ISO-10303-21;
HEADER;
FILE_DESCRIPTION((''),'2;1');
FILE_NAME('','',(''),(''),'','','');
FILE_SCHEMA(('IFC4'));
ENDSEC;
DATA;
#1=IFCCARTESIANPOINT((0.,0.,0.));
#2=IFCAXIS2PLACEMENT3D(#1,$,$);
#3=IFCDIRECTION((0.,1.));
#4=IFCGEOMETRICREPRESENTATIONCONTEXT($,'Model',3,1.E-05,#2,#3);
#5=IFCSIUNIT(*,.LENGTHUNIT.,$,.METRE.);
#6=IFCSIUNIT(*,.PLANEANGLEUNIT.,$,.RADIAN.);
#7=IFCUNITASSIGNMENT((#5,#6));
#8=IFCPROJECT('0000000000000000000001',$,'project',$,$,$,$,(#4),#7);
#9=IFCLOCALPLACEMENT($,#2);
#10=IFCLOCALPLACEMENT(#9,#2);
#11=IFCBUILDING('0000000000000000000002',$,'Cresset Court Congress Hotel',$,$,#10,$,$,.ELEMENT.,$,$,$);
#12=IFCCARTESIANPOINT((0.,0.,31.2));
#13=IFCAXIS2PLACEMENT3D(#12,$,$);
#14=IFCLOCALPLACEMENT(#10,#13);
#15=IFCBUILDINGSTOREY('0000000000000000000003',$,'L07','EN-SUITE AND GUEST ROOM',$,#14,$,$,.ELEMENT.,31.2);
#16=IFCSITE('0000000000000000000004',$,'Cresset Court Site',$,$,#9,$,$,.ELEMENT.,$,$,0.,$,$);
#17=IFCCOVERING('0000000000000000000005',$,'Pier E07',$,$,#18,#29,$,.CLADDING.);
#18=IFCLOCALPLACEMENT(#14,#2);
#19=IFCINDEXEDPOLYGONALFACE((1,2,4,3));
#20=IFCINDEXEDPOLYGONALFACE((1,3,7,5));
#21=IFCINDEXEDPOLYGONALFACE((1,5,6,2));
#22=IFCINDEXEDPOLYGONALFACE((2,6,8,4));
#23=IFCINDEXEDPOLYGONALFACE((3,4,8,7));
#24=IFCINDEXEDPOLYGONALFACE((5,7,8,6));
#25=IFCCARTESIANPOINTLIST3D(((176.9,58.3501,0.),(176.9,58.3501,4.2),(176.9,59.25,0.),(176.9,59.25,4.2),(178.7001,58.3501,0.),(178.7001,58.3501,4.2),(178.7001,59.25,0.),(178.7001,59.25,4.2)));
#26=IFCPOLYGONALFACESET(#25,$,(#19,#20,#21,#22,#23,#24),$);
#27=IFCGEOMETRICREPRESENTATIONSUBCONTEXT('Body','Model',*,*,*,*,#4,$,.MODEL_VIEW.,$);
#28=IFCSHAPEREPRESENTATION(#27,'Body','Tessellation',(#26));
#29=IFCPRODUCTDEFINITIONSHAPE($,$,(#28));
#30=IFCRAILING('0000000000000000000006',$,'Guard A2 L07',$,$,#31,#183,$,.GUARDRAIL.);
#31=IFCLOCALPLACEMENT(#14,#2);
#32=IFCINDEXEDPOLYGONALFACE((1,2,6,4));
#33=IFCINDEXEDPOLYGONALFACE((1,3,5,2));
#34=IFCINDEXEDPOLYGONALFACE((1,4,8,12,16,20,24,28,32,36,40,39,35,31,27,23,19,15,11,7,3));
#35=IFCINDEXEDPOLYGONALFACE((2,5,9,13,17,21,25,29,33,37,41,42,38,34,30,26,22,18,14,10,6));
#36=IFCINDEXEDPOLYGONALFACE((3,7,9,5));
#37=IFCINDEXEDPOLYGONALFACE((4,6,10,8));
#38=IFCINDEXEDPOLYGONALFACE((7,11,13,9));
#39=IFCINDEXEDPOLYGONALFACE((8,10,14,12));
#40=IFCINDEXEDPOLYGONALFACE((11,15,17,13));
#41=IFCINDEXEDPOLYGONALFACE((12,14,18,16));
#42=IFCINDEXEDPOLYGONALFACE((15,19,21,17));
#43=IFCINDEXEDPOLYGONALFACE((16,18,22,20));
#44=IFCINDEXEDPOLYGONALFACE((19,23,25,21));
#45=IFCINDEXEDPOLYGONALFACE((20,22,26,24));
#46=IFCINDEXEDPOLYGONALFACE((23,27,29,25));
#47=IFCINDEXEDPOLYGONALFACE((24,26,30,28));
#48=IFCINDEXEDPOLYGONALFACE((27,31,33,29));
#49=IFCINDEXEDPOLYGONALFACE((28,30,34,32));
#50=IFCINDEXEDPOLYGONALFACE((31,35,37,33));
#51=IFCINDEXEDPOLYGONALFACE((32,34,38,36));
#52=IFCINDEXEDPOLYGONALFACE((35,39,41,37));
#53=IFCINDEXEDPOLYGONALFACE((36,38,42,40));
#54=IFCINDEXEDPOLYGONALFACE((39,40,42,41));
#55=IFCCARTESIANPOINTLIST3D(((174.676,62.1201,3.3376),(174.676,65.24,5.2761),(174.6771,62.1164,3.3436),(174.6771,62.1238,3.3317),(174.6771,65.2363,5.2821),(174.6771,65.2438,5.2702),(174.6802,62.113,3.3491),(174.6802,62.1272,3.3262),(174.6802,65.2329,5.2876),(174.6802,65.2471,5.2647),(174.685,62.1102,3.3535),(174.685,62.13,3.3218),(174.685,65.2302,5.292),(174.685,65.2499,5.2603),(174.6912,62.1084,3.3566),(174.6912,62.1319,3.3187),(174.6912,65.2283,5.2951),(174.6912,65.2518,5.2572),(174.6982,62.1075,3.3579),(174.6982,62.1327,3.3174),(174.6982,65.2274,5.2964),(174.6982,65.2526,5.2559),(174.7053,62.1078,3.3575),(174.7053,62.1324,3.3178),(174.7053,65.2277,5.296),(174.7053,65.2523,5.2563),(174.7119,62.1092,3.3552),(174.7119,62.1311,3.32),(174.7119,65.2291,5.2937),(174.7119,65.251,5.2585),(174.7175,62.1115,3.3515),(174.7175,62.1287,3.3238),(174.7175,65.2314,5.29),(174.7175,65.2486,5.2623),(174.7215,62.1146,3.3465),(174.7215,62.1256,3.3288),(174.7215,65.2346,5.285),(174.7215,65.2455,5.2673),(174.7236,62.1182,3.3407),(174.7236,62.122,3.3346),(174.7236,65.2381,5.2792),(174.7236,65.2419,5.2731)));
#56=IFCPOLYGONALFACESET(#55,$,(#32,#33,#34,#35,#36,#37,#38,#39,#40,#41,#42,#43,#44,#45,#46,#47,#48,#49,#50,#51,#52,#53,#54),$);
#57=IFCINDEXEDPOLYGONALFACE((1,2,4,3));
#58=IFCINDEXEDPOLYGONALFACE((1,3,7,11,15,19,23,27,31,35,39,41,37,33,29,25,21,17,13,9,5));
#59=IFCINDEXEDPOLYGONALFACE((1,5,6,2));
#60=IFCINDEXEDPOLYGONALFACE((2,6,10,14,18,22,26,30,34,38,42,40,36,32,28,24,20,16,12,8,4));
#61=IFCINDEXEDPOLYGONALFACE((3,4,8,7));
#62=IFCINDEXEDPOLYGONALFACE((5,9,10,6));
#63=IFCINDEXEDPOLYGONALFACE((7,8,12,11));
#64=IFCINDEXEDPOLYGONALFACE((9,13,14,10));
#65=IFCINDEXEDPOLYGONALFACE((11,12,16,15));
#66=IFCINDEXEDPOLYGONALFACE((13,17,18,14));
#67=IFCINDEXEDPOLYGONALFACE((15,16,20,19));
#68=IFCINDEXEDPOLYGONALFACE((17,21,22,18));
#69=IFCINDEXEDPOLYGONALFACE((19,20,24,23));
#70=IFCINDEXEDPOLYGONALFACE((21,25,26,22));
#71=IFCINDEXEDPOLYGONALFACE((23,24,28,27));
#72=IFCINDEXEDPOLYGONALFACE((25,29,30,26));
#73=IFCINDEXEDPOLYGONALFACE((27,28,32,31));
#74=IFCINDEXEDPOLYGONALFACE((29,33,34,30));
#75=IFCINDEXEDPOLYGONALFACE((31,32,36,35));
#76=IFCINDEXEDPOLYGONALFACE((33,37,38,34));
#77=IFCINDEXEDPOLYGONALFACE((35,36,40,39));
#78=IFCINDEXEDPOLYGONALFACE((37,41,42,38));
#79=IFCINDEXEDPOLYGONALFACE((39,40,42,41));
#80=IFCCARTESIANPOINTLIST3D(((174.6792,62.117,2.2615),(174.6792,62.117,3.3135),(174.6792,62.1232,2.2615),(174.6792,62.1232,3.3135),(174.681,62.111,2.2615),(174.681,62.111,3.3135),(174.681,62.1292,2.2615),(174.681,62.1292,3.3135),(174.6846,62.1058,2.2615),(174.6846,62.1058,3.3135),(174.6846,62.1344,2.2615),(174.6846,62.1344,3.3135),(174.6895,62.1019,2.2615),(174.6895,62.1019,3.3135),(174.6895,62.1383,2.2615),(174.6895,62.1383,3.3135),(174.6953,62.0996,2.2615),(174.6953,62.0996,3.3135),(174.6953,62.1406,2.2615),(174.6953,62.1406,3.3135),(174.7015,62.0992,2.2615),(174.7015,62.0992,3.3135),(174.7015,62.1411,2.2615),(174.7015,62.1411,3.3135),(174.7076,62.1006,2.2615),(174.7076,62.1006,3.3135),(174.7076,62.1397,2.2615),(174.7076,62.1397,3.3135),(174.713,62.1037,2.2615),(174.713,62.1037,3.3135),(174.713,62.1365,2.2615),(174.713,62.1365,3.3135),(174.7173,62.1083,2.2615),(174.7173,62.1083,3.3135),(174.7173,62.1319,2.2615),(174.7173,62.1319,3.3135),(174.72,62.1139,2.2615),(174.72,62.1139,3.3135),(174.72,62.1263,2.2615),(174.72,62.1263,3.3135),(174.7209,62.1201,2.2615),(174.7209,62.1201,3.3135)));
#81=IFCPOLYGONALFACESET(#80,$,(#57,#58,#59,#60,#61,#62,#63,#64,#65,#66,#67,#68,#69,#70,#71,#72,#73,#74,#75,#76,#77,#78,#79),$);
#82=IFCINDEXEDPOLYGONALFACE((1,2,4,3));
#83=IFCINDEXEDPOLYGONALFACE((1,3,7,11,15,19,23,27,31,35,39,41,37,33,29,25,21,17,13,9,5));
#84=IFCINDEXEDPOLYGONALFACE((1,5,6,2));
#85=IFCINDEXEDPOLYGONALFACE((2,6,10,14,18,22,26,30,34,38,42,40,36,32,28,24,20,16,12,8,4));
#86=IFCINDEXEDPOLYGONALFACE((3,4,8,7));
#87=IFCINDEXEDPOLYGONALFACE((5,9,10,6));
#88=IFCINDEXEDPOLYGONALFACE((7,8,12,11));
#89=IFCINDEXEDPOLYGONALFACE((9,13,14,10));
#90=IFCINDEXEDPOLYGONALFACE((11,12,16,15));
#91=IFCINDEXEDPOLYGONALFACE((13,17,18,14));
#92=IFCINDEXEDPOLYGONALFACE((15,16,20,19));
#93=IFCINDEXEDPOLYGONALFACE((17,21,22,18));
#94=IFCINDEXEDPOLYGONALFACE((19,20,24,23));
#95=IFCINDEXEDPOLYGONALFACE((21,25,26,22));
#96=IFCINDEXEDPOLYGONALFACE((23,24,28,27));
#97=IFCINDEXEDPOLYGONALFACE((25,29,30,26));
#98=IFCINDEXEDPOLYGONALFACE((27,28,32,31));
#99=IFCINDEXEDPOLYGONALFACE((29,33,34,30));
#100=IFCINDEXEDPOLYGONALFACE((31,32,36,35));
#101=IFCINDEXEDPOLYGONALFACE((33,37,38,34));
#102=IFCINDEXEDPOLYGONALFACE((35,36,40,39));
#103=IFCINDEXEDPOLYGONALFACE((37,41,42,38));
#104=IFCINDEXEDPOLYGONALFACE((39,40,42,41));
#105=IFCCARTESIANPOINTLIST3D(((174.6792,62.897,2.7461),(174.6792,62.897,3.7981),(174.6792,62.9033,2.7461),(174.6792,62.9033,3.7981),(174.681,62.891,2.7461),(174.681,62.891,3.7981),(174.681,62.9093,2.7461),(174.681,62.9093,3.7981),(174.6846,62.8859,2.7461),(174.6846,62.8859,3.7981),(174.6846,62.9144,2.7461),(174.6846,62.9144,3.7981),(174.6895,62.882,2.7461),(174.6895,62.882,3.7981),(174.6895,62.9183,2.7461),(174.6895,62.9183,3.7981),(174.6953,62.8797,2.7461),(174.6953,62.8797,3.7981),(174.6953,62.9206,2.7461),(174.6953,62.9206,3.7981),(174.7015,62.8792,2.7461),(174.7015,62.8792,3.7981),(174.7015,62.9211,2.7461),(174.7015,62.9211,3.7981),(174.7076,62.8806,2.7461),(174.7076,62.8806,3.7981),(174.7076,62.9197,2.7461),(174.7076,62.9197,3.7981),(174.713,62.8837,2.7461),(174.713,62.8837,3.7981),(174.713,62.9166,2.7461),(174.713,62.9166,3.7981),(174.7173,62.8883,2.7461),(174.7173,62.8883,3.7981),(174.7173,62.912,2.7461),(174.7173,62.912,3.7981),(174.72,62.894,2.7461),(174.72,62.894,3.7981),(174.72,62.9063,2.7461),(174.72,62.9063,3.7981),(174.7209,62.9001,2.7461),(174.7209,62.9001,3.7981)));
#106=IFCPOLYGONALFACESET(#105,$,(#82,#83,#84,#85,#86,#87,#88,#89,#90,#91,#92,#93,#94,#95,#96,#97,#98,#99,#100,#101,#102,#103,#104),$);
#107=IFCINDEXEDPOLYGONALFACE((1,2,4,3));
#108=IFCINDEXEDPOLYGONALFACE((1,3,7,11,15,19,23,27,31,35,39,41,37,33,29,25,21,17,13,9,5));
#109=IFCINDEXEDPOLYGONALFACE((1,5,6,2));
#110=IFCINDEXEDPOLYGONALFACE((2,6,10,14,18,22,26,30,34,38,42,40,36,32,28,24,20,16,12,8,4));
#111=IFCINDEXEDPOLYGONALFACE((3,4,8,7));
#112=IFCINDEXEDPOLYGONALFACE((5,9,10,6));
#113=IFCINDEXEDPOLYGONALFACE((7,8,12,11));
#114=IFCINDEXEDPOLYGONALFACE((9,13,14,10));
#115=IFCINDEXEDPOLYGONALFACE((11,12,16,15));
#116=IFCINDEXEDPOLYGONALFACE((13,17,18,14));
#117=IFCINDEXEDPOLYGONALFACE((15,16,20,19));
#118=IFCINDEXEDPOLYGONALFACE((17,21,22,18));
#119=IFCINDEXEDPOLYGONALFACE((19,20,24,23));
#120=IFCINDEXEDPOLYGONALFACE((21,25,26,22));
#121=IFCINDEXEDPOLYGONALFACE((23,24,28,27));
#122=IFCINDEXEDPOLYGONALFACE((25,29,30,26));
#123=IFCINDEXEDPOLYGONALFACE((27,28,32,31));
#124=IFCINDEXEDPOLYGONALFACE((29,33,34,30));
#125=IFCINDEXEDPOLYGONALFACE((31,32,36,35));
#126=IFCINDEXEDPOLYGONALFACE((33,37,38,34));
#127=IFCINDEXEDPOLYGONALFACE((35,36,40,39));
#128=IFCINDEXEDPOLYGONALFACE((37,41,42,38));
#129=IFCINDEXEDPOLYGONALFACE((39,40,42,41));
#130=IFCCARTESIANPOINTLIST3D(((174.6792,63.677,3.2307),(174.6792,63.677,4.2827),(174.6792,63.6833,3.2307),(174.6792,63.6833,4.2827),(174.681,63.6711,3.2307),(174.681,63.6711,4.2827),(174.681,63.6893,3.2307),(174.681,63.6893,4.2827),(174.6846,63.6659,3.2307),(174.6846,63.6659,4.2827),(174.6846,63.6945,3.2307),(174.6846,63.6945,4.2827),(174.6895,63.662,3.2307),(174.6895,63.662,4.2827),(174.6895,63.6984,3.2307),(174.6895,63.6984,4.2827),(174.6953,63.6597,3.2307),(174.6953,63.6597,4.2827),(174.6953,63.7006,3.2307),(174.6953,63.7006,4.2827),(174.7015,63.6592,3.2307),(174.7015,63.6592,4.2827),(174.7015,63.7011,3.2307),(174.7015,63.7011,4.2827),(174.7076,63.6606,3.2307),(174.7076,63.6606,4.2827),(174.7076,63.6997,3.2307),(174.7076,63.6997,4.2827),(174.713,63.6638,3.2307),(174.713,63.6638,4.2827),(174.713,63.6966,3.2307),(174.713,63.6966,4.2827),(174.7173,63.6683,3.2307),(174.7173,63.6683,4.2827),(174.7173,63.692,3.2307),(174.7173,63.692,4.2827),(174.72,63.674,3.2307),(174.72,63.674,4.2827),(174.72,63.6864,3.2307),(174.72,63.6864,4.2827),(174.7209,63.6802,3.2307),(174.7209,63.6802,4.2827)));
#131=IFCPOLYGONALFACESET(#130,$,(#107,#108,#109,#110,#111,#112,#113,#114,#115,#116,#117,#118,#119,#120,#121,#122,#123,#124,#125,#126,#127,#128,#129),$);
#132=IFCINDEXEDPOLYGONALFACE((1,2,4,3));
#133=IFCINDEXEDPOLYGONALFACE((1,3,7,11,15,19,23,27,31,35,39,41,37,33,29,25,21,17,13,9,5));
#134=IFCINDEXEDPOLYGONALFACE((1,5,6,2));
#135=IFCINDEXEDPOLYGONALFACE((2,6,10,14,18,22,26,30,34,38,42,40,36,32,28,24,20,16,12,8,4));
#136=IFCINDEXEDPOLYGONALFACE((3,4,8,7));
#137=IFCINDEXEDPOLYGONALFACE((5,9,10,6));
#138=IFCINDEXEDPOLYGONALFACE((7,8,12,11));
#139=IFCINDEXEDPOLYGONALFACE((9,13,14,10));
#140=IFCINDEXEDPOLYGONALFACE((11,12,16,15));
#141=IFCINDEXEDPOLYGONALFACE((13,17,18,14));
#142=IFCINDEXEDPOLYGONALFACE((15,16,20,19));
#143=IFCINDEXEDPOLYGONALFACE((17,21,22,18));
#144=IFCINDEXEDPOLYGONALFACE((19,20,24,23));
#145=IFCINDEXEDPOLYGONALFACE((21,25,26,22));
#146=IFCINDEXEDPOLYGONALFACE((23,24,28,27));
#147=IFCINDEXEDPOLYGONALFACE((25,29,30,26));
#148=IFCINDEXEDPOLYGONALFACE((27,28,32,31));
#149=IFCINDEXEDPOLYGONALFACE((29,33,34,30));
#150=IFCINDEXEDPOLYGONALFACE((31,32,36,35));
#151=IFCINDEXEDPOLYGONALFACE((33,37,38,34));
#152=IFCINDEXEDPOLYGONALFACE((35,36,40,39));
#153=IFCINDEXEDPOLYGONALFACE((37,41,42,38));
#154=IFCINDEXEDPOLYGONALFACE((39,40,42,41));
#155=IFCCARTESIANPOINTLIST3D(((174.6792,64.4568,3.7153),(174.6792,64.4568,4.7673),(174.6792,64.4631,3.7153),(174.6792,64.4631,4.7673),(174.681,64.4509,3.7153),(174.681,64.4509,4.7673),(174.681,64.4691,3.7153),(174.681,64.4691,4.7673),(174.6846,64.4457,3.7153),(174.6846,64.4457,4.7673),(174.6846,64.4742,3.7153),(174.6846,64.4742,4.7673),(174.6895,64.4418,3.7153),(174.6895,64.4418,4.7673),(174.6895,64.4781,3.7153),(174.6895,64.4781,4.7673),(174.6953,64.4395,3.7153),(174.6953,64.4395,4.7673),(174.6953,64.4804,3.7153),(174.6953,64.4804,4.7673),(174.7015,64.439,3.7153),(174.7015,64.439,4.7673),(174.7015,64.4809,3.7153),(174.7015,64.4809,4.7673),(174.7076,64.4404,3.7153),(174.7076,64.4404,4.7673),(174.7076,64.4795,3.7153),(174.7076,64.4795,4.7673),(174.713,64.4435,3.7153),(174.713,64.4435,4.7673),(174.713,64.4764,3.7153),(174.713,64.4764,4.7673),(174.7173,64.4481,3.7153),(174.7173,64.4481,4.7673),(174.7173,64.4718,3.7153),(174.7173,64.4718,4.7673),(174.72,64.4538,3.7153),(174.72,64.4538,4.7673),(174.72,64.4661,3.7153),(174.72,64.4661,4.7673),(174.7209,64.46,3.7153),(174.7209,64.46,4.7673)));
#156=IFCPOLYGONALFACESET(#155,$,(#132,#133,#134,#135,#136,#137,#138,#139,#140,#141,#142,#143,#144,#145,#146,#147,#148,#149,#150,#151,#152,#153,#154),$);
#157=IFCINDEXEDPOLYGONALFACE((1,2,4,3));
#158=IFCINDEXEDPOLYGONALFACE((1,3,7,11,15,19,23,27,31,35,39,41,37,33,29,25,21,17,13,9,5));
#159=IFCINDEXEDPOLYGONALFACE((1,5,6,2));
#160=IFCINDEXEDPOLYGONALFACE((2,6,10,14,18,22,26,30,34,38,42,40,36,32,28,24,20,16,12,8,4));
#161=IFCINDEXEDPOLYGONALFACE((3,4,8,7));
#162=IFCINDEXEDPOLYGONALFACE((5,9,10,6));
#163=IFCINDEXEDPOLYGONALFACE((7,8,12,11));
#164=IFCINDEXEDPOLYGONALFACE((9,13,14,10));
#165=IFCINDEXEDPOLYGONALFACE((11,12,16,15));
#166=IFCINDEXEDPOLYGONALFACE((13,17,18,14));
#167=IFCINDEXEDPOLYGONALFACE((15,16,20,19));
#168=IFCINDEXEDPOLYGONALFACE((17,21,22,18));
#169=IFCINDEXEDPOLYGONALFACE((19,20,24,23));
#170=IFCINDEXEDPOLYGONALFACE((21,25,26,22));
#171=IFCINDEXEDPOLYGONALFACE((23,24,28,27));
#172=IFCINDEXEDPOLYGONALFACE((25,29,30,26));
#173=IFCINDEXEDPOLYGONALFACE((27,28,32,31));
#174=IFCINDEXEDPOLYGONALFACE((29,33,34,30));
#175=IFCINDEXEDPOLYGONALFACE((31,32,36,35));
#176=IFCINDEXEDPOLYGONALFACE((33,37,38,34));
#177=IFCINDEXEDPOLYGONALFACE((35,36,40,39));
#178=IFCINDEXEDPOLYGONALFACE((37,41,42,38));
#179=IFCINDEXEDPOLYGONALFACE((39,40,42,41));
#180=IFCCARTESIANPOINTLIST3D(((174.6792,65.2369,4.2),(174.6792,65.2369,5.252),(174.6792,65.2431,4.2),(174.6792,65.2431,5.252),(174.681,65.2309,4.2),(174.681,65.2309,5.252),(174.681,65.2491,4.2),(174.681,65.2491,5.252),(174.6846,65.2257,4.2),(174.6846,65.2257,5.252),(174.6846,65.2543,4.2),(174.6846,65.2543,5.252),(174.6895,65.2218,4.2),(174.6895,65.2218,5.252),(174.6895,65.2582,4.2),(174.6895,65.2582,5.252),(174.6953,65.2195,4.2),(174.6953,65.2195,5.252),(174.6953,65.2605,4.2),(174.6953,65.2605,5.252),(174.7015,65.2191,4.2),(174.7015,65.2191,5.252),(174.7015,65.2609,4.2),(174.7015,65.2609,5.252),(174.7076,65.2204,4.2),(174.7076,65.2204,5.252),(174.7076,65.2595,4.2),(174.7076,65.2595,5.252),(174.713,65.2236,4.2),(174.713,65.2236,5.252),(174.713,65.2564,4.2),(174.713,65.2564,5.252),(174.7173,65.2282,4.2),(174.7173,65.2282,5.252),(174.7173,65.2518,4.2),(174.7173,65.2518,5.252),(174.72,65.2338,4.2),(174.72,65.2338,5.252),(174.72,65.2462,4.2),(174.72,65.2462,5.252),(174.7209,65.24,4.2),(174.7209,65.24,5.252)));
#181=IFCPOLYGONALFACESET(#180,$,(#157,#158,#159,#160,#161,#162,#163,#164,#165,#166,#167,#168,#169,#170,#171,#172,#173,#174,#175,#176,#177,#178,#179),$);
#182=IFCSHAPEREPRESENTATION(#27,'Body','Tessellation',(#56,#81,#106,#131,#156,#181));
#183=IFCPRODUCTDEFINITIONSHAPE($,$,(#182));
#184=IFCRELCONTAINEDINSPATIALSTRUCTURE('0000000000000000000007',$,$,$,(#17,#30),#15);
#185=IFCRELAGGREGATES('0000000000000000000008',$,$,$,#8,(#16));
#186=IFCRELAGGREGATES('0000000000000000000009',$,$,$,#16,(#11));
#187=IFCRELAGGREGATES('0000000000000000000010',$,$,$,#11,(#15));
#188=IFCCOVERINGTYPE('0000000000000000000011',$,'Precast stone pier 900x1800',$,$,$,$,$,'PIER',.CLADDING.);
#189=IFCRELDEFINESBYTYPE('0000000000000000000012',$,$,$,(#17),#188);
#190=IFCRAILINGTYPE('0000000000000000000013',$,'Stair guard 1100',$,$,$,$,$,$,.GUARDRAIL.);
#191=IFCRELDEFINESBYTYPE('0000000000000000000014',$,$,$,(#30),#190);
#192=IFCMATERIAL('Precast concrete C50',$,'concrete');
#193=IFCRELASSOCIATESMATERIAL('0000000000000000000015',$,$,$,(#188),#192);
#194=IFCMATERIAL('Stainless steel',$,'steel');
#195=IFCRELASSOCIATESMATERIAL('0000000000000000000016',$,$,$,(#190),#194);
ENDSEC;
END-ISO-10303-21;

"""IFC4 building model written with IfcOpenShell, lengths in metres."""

from ifc_helpers import new_model, si_unit, direction, frame, origin, origin_2d, place, context, subcontext, project, spatial, rectangle, circle, extrude, material, type_object, element, save


model = new_model("IFC4")

# Units and contexts
model_context = context("Model", 3, precision=1e-05, world=origin(), true_north=direction((0.0, 1.0)))
body_context = subcontext(model_context, "Body", "Model", "MODEL_VIEW")
ifc_project = project(units=[si_unit("LENGTHUNIT", "METRE"), si_unit("PLANEANGLEUNIT", "RADIAN")], contexts=[model_context])

# Site, building, storey
site_placement = place(None, origin())
site = spatial("IfcSite", under=ifc_project, at=site_placement, Name="Cresset Court Site", CompositionType="ELEMENT", RefElevation=0.0)
building_placement = place(site_placement, origin())
building = spatial("IfcBuilding", under=site, at=building_placement, Name="Cresset Court Congress Hotel", CompositionType="ELEMENT")
storey_placement = place(building_placement, frame((0.0, 0.0, 31.2)))
storey = spatial("IfcBuildingStorey", under=building, at=storey_placement, Name="L07", Description="EN-SUITE AND GUEST ROOM", CompositionType="ELEMENT", Elevation=31.2)

# Covering
ifc_material_1 = material(Name="Precast concrete C50", Category="concrete")
covering_type_1 = type_object("IfcCoveringType", Name="Precast stone pier 900x1800", ElementType="PIER", PredefinedType="CLADDING", material=ifc_material_1)
covering_placement = place(storey_placement, frame((177.8, 58.8, 0.0), z_axis=(0.0, 0.0, 1.0), x_axis=(1.0, 0.0, 0.0)))
element("IfcCovering", 1, at=covering_placement, inside=storey, type_object=covering_type_1, Name="Pier E07", PredefinedType="CLADDING", context=body_context, shape_type="SweptSolid", body=[
    extrude(rectangle(XDim=1.8, YDim=0.8999, at=origin_2d()), origin(), (0.0, 0.0, 1.0), 4.2),
])

# Railing
ifc_material_2 = material(Name="Stainless steel", Category="steel")
railing_type_1 = type_object("IfcRailingType", Name="Stair guard 1100", PredefinedType="GUARDRAIL", material=ifc_material_2)
railing_1_placement = place(storey_placement, frame((174.7, 62.1201, 2.2615)))
element("IfcRailing", 2, at=railing_1_placement, inside=storey, type_object=railing_type_1, Name="Guard A2 L07", PredefinedType="GUARDRAIL", context=body_context, shape_type="SweptSolid", body=[
    extrude(circle(Radius=0.0239, at=origin_2d()), frame((0.0, 0.0, 1.0762), z_axis=(0.0, 0.849396, 0.527757), x_axis=(-1.0, 0.0, 0.0)), (0.0, 0.0, 1.0), 3.6731),
    extrude(circle(Radius=0.021, at=origin_2d()), origin(), (0.0, 0.0, 1.0), 1.052),
    extrude(circle(Radius=0.021, at=origin_2d()), frame((0.0, 0.78, 0.4846)), (0.0, 0.0, 1.0), 1.052),
    extrude(circle(Radius=0.021, at=origin_2d()), frame((0.0, 1.5601, 0.9692)), (0.0, 0.0, 1.0), 1.052),
    extrude(circle(Radius=0.021, at=origin_2d()), frame((0.0, 2.3398, 1.4539)), (0.0, 0.0, 1.0), 1.052),
    extrude(circle(Radius=0.021, at=origin_2d()), frame((0.0, 3.1199, 1.9385)), (0.0, 0.0, 1.0), 1.052),
])

save(model, "model.ifc")
